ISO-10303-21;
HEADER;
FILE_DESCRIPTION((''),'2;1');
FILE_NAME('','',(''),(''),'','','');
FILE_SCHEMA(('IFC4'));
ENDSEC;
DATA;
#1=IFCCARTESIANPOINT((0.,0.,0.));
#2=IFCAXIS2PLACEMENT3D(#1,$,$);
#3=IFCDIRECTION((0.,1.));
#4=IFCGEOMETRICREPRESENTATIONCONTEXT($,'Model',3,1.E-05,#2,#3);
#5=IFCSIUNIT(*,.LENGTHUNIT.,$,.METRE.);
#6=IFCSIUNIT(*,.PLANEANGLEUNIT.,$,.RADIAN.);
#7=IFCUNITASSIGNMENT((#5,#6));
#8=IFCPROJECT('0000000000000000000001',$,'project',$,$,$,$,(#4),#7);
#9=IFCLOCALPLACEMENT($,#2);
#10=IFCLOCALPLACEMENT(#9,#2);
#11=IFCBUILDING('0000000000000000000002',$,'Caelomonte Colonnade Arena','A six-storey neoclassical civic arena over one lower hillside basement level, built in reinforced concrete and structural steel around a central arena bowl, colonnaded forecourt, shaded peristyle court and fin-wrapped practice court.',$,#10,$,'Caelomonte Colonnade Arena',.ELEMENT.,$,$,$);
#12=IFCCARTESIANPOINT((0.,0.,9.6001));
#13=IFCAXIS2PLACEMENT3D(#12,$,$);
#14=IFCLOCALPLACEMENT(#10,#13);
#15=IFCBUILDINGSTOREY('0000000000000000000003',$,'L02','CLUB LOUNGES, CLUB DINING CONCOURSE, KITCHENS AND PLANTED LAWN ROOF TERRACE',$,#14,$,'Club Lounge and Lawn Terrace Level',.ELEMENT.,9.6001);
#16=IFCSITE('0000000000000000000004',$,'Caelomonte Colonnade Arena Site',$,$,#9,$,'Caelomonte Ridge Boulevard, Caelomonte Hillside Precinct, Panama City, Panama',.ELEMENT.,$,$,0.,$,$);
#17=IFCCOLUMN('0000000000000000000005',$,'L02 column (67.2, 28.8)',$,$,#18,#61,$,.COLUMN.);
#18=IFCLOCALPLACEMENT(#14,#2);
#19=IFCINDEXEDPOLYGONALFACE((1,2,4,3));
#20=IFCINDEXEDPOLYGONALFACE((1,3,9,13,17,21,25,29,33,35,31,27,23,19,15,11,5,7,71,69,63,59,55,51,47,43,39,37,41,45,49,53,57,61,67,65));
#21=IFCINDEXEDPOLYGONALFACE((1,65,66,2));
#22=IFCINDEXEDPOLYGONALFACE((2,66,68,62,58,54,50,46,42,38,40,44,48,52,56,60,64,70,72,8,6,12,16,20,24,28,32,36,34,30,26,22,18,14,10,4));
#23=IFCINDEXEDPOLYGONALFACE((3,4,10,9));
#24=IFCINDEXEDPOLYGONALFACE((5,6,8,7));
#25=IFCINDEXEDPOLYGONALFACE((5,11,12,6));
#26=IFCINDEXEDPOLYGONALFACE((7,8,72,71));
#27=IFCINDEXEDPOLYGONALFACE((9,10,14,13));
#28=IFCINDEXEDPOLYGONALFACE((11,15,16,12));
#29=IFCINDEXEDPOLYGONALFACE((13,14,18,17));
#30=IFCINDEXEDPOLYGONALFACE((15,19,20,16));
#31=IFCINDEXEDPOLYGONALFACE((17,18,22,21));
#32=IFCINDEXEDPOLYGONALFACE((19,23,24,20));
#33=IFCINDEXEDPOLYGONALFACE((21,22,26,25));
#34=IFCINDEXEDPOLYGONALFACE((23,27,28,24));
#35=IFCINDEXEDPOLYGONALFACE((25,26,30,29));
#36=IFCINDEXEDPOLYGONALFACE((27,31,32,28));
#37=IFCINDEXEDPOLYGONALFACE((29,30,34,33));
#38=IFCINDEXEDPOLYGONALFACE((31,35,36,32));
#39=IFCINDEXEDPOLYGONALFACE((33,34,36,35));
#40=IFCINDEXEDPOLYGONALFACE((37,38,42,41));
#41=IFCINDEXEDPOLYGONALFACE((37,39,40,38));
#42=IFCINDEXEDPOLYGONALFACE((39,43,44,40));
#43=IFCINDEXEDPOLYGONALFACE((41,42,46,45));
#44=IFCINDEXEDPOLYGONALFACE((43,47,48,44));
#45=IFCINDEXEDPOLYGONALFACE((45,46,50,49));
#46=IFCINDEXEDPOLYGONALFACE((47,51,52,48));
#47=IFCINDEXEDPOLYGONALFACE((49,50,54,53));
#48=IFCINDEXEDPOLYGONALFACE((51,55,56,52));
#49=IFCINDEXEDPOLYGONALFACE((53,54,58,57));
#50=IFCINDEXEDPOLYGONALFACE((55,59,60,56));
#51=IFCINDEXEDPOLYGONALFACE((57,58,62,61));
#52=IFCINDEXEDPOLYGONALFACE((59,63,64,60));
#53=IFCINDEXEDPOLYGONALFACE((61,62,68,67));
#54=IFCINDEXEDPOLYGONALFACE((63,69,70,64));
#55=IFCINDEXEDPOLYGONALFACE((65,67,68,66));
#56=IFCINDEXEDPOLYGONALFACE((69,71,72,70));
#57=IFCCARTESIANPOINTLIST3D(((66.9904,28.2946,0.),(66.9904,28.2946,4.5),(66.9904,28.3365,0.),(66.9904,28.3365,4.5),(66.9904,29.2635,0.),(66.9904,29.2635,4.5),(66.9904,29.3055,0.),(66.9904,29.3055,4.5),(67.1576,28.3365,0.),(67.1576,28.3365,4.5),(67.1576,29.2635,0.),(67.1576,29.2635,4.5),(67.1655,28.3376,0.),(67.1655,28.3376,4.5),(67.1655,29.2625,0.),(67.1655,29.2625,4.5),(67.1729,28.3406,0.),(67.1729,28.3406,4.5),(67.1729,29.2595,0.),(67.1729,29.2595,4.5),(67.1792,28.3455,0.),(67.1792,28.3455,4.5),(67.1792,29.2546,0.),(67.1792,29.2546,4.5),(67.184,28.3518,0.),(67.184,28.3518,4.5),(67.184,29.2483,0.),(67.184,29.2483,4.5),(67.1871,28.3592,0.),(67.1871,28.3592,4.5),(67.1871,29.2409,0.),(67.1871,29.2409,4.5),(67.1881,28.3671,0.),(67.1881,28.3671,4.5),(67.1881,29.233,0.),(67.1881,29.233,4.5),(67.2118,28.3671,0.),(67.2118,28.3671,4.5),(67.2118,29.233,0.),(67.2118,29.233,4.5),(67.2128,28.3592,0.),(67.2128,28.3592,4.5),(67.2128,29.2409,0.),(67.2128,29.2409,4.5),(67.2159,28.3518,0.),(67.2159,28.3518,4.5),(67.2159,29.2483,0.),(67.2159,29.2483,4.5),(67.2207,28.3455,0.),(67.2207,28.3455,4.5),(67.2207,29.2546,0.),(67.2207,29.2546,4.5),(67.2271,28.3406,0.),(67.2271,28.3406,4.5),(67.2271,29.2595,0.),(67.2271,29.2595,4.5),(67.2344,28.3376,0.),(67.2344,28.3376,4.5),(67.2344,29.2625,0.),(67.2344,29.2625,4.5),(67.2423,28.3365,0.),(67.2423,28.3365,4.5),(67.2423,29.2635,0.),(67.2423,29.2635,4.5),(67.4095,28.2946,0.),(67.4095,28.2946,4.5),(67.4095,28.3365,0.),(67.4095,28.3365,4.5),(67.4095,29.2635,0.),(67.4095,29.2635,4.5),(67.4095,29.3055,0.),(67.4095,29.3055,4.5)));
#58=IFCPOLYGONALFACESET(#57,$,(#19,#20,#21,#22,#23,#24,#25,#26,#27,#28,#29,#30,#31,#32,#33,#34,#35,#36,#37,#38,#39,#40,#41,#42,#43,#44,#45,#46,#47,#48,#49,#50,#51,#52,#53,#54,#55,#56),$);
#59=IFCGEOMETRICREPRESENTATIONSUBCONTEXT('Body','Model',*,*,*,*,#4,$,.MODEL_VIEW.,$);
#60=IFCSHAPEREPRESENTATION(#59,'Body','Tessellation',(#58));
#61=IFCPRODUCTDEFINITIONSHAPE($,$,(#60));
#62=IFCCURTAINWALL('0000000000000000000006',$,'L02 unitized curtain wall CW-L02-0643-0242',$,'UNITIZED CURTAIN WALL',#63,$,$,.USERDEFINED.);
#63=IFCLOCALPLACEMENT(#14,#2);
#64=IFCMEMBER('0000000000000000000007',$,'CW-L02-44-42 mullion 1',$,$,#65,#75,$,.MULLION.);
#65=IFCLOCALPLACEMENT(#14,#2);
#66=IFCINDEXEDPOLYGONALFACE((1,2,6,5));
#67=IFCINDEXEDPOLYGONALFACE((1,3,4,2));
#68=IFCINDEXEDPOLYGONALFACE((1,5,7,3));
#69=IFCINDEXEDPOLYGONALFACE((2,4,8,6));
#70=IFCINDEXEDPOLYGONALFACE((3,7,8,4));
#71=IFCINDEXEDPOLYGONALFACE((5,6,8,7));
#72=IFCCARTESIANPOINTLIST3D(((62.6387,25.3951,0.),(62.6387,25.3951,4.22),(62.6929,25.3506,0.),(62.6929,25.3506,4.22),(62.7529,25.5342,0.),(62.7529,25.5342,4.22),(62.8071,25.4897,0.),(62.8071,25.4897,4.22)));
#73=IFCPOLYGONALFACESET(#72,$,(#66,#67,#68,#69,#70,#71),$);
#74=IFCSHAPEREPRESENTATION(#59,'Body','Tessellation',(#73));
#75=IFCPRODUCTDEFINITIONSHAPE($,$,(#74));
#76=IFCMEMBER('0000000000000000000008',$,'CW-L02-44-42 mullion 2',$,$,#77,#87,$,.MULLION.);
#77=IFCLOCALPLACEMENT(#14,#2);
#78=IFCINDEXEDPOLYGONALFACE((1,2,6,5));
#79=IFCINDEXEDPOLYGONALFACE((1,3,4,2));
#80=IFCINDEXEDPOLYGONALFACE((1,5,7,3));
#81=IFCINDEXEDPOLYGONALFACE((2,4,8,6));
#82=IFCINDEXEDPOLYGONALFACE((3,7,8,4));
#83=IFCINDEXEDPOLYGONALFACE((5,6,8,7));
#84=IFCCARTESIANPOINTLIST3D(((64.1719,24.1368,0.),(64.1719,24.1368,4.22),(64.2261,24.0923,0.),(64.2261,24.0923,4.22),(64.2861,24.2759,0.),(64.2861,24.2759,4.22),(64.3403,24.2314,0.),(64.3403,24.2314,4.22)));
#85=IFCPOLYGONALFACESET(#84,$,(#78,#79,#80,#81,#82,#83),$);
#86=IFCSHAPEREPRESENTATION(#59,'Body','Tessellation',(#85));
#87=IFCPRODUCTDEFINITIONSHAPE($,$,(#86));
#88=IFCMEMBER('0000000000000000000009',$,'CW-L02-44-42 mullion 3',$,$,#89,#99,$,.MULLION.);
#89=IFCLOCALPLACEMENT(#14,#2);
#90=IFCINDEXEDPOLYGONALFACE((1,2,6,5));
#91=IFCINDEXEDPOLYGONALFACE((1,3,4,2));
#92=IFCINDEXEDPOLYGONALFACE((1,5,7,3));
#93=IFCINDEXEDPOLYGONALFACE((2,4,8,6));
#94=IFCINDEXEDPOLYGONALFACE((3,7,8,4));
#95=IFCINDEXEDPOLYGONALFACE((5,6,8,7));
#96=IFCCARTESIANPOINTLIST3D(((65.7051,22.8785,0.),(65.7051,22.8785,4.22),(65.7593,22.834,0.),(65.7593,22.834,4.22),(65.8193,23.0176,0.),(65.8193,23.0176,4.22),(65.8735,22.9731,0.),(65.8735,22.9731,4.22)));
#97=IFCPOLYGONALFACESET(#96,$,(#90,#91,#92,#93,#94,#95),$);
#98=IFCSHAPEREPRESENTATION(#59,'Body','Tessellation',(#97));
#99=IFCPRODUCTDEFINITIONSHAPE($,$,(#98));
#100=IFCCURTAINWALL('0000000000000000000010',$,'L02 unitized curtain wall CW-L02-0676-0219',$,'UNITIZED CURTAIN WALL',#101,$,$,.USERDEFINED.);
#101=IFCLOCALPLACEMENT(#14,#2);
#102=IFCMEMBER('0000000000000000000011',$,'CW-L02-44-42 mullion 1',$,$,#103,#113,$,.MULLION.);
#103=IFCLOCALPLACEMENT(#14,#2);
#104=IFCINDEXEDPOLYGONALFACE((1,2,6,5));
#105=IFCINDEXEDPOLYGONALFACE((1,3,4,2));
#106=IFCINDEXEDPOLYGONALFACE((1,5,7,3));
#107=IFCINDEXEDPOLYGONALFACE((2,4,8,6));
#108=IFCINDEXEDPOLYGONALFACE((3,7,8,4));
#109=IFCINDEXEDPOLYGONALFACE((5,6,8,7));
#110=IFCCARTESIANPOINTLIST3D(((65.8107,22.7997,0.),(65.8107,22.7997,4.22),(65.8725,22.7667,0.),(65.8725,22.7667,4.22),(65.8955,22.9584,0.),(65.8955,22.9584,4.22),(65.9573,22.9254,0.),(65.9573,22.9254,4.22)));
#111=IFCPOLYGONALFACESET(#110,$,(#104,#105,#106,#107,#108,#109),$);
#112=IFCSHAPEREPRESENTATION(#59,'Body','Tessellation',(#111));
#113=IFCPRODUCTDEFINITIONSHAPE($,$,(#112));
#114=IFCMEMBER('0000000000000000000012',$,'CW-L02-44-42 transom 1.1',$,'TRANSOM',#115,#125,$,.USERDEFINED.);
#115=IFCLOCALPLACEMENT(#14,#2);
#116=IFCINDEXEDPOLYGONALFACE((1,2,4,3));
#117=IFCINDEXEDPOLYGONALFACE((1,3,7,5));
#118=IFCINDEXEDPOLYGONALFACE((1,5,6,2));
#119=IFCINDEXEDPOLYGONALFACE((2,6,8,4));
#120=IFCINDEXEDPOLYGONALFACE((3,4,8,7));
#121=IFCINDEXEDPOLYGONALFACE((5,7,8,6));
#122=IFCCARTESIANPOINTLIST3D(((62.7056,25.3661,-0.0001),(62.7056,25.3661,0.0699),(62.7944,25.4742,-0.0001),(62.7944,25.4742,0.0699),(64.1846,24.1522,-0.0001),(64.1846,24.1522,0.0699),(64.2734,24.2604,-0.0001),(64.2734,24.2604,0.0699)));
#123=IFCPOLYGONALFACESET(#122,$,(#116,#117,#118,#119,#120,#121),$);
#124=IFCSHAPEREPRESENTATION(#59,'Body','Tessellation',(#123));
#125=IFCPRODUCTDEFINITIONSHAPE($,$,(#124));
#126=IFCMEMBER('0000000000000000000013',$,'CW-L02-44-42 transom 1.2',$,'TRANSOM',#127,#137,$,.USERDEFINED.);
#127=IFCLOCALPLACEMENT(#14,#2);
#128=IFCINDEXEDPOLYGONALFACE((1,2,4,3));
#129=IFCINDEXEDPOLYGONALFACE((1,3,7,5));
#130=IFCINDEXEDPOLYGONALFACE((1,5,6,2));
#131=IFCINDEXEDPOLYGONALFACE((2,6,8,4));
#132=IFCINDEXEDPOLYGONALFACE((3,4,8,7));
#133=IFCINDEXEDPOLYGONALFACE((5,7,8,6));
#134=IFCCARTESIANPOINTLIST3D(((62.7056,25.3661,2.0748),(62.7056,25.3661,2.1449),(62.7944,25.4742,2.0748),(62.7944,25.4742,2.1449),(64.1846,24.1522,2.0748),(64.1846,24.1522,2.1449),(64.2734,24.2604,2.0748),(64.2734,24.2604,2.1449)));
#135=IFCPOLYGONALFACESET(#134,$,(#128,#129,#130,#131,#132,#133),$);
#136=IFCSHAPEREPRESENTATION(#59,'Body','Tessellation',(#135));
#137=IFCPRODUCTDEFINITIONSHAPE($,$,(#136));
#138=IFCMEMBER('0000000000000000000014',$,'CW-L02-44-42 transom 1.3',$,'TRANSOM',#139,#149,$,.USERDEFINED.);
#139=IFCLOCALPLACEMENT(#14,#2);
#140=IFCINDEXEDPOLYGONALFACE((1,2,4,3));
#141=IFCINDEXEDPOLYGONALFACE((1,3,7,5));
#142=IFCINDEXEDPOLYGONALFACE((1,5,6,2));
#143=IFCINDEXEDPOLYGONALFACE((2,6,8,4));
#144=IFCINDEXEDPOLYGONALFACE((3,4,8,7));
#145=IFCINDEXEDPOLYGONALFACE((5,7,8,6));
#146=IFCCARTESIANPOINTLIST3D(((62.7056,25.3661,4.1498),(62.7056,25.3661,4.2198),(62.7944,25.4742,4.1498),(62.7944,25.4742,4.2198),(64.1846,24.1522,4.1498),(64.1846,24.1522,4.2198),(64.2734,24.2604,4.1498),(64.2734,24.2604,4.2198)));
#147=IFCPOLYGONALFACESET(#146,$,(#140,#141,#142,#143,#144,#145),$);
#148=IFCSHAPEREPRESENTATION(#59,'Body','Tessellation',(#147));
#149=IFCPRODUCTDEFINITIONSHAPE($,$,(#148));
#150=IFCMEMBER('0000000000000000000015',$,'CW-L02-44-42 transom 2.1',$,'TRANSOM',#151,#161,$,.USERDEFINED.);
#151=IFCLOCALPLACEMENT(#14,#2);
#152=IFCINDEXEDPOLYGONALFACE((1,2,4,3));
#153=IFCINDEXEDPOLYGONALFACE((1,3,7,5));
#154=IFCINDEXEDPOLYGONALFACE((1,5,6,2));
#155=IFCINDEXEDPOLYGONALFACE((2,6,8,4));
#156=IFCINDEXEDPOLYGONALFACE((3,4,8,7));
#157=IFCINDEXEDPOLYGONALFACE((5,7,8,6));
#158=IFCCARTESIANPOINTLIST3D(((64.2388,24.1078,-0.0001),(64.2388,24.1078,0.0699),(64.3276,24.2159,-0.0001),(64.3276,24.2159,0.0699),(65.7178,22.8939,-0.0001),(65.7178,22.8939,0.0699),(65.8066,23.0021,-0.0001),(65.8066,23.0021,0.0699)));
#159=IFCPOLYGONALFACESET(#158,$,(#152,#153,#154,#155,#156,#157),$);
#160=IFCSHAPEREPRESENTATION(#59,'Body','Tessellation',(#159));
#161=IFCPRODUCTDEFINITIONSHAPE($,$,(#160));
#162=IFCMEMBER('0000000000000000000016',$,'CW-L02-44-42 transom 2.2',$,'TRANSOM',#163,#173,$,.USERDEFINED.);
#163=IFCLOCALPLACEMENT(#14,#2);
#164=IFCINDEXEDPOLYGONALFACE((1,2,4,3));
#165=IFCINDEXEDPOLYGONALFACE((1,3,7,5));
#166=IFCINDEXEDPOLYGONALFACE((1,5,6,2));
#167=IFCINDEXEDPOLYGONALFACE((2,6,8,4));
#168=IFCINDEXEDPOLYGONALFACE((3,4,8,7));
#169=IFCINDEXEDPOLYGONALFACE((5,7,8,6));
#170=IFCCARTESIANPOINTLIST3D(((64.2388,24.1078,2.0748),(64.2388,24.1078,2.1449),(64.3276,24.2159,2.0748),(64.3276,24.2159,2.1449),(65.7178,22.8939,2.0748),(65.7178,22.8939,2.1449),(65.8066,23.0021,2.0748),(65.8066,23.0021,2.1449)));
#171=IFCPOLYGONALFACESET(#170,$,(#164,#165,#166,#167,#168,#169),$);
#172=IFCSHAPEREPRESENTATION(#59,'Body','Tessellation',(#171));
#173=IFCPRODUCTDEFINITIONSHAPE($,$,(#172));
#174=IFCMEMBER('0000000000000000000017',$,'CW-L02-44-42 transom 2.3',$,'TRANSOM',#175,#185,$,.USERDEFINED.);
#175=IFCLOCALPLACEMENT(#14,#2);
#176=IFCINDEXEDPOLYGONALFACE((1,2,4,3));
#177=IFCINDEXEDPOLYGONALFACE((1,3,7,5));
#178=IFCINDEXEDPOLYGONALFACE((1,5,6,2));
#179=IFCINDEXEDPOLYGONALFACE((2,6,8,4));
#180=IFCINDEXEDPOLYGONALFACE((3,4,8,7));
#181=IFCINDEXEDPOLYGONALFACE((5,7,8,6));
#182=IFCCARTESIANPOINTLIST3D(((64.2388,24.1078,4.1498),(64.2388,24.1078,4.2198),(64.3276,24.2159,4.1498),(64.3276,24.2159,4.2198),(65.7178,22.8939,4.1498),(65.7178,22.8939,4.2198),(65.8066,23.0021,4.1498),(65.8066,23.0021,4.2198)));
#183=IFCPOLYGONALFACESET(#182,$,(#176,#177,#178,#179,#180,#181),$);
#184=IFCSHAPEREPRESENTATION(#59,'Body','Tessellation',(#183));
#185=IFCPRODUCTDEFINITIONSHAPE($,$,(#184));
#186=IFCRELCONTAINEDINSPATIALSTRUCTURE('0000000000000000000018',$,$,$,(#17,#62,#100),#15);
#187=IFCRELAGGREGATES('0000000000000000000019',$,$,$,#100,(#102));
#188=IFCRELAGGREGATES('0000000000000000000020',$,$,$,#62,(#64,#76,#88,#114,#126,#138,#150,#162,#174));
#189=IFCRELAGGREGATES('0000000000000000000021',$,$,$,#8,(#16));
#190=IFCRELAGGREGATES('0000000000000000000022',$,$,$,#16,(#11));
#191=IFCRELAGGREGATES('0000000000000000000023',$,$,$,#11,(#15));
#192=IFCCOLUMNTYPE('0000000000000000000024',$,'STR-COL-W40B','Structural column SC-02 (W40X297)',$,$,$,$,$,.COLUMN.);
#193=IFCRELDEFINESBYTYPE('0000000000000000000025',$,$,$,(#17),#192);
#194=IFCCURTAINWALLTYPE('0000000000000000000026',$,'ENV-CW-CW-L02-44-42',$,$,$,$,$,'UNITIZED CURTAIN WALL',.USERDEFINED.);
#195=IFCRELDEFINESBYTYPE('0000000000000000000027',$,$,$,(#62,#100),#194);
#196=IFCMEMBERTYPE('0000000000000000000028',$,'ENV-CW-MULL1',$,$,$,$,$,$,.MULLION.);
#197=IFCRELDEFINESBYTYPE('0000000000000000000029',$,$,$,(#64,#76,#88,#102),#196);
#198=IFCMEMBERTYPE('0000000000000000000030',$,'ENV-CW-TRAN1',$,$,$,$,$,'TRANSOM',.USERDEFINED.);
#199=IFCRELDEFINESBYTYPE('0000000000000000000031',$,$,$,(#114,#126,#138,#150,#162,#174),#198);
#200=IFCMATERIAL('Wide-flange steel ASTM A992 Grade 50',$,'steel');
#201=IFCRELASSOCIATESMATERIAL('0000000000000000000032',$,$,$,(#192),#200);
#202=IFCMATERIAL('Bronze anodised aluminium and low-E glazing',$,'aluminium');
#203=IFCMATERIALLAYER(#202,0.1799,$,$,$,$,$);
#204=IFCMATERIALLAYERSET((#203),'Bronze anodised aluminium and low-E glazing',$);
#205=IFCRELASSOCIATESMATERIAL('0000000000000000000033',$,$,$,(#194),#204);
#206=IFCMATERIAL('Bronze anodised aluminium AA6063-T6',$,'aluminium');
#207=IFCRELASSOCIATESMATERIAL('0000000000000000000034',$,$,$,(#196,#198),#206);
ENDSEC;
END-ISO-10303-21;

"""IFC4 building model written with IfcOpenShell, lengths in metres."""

from ifc_helpers import new_model, si_unit, direction, frame, origin, origin_2d, place, context, subcontext, project, spatial, rectangle, i_section, extrude, material, layer, layer_set, material_profile, profile_set, type_object, element, aggregate, save


model = new_model("IFC4")

# Units and contexts
model_context = context("Model", 3, precision=1e-05, world=origin(), true_north=direction((0.0, 1.0)))
body_context = subcontext(model_context, "Body", "Model", "MODEL_VIEW")
ifc_project = project(units=[si_unit("LENGTHUNIT", "METRE"), si_unit("PLANEANGLEUNIT", "RADIAN")], contexts=[model_context])

# Site, building, storey
site_placement = place(None, origin())
site = spatial("IfcSite", under=ifc_project, at=site_placement, Name="Caelomonte Colonnade Arena Site", LongName="Caelomonte Ridge Boulevard, Caelomonte Hillside Precinct, Panama City, Panama", CompositionType="ELEMENT", RefElevation=0.0)
building_placement = place(site_placement, origin())
building = spatial("IfcBuilding", under=site, at=building_placement, Name="Caelomonte Colonnade Arena", Description="A six-storey neoclassical civic arena over one lower hillside basement level, built in reinforced concrete and structural steel around a central arena bowl, colonnaded forecourt, shaded peristyle court and fin-wrapped practice court.", LongName="Caelomonte Colonnade Arena", CompositionType="ELEMENT")
storey_placement = place(building_placement, frame((0.0, 0.0, 9.6001)))
storey = spatial("IfcBuildingStorey", under=building, at=storey_placement, Name="L02", Description="CLUB LOUNGES, CLUB DINING CONCOURSE, KITCHENS AND PLANTED LAWN ROOF TERRACE", LongName="Club Lounge and Lawn Terrace Level", CompositionType="ELEMENT", Elevation=9.6001)

# Column
ifc_material_1 = material(Name="Wide-flange steel ASTM A992 Grade 50", Category="steel")
ifc_material_profile_1 = material_profile(ifc_material_1, i_section(OverallWidth=0.4192, OverallDepth=1.011, WebThickness=0.0237, FlangeThickness=0.042, FilletRadius=0.0305, at=origin_2d()), Name="W40X297")
ifc_profile_set_1 = profile_set([ifc_material_profile_1], Name="Wide-flange steel ASTM A992 Grade 50")
column_type = type_object("IfcColumnType", Name="STR-COL-W40B", Description="Structural column SC-02 (W40X297)", PredefinedType="COLUMN", material=ifc_profile_set_1)
column_placement = place(storey_placement, frame((67.2, 28.8, 0.0), z_axis=(0.0, 0.0, 1.0), x_axis=(1.0, 0.0, 0.0)))
element("IfcColumn", 1, at=column_placement, inside=storey, type_object=column_type, Name="L02 column (67.2, 28.8)", PredefinedType="COLUMN", context=body_context, shape_type="SweptSolid", body=[
    extrude(i_section(OverallWidth=0.4192, OverallDepth=1.011, WebThickness=0.0237, FlangeThickness=0.042, FilletRadius=0.0305, at=origin_2d()), origin(), (0.0, 0.0, 1.0), 4.5),
])

# Curtain wall, members
ifc_material_2 = material(Name="Bronze anodised aluminium and low-E glazing", Category="aluminium")
ifc_layer_1 = layer(ifc_material_2, 0.1799)
ifc_layer_set_1 = layer_set([ifc_layer_1], Name="Bronze anodised aluminium and low-E glazing")
curtain_wall_type = type_object("IfcCurtainWallType", Name="ENV-CW-CW-L02-44-42", ElementType="UNITIZED CURTAIN WALL", PredefinedType="USERDEFINED", material=ifc_layer_set_1)
curtain_wall_1_placement = place(storey_placement, origin())
curtain_wall_1 = element("IfcCurtainWall", 2, at=curtain_wall_1_placement, inside=storey, type_object=curtain_wall_type, Name="L02 unitized curtain wall CW-L02-0643-0242", ObjectType="UNITIZED CURTAIN WALL", PredefinedType="USERDEFINED")
ifc_material_3 = material(Name="Bronze anodised aluminium AA6063-T6", Category="aluminium")
ifc_material_profile_2 = material_profile(ifc_material_3, rectangle(XDim=0.0701, YDim=0.1799, at=origin_2d()), Name="CWM-70X180")
ifc_profile_set_2 = profile_set([ifc_material_profile_2], Name="Bronze anodised aluminium AA6063-T6")
member_type_1 = type_object("IfcMemberType", Name="ENV-CW-MULL1", PredefinedType="MULLION", material=ifc_profile_set_2)
member_1_placement = place(storey_placement, frame((62.7229, 25.4424, 0.0), z_axis=(0.0, 0.0, 1.0), x_axis=(0.772992, -0.634416, 0.0)))
member_1 = element("IfcMember", 3, at=member_1_placement, type_object=member_type_1, Name="CW-L02-44-42 mullion 1", PredefinedType="MULLION", context=body_context, shape_type="SweptSolid", body=[
    extrude(rectangle(XDim=0.0701, YDim=0.1799, at=origin_2d()), origin(), (0.0, 0.0, 1.0), 4.22),
])
member_2_placement = place(storey_placement, frame((64.2561, 24.1841, 0.0), z_axis=(0.0, 0.0, 1.0), x_axis=(0.772992, -0.634416, 0.0)))
member_2 = element("IfcMember", 4, at=member_2_placement, type_object=member_type_1, Name="CW-L02-44-42 mullion 2", PredefinedType="MULLION", context=body_context, shape_type="SweptSolid", body=[
    extrude(rectangle(XDim=0.0701, YDim=0.1799, at=origin_2d()), origin(), (0.0, 0.0, 1.0), 4.22),
])
member_3_placement = place(storey_placement, frame((65.7893, 22.9258, 0.0), z_axis=(0.0, 0.0, 1.0), x_axis=(0.772992, -0.634416, 0.0)))
member_3 = element("IfcMember", 5, at=member_3_placement, type_object=member_type_1, Name="CW-L02-44-42 mullion 3", PredefinedType="MULLION", context=body_context, shape_type="SweptSolid", body=[
    extrude(rectangle(XDim=0.0701, YDim=0.1799, at=origin_2d()), origin(), (0.0, 0.0, 1.0), 4.22),
])

# Curtain wall, member
curtain_wall_2_placement = place(storey_placement, origin())
curtain_wall_2 = element("IfcCurtainWall", 6, at=curtain_wall_2_placement, inside=storey, type_object=curtain_wall_type, Name="L02 unitized curtain wall CW-L02-0676-0219", ObjectType="UNITIZED CURTAIN WALL", PredefinedType="USERDEFINED")
member_4_placement = place(storey_placement, frame((65.884, 22.8625, 0.0), z_axis=(0.0, 0.0, 1.0), x_axis=(0.881923, -0.471394, 0.0)))
member_4 = element("IfcMember", 7, at=member_4_placement, type_object=member_type_1, Name="CW-L02-44-42 mullion 1", PredefinedType="MULLION", context=body_context, shape_type="SweptSolid", body=[
    extrude(rectangle(XDim=0.0701, YDim=0.1799, at=origin_2d()), origin(), (0.0, 0.0, 1.0), 4.22),
])
aggregate(curtain_wall_2, [member_4])

# Members
ifc_material_profile_3 = material_profile(ifc_material_3, rectangle(XDim=0.0701, YDim=0.1399, at=origin_2d()), Name="CWT-70X140")
ifc_profile_set_3 = profile_set([ifc_material_profile_3], Name="Bronze anodised aluminium AA6063-T6")
member_type_2 = type_object("IfcMemberType", Name="ENV-CW-TRAN1", ElementType="TRANSOM", PredefinedType="USERDEFINED", material=ifc_profile_set_3)
member_5_placement = place(storey_placement, frame((62.75, 25.4202, 0.0349), z_axis=(0.77299, -0.634418, 0.0), x_axis=(0.0, 0.0, 1.0)))
member_5 = element("IfcMember", 8, at=member_5_placement, type_object=member_type_2, Name="CW-L02-44-42 transom 1.1", ObjectType="TRANSOM", PredefinedType="USERDEFINED", context=body_context, shape_type="SweptSolid", body=[
    extrude(rectangle(XDim=0.0701, YDim=0.1399, at=origin_2d()), origin(), (0.0, 0.0, 1.0), 1.9133),
])
member_6_placement = place(storey_placement, frame((62.75, 25.4202, 2.1099), z_axis=(0.77299, -0.634418, 0.0), x_axis=(0.0, 0.0, 1.0)))
member_6 = element("IfcMember", 9, at=member_6_placement, type_object=member_type_2, Name="CW-L02-44-42 transom 1.2", ObjectType="TRANSOM", PredefinedType="USERDEFINED", context=body_context, shape_type="SweptSolid", body=[
    extrude(rectangle(XDim=0.0701, YDim=0.1399, at=origin_2d()), origin(), (0.0, 0.0, 1.0), 1.9133),
])
member_7_placement = place(storey_placement, frame((62.75, 25.4202, 4.1848), z_axis=(0.77299, -0.634418, 0.0), x_axis=(0.0, 0.0, 1.0)))
member_7 = element("IfcMember", 10, at=member_7_placement, type_object=member_type_2, Name="CW-L02-44-42 transom 1.3", ObjectType="TRANSOM", PredefinedType="USERDEFINED", context=body_context, shape_type="SweptSolid", body=[
    extrude(rectangle(XDim=0.0701, YDim=0.1399, at=origin_2d()), origin(), (0.0, 0.0, 1.0), 1.9133),
])
member_8_placement = place(storey_placement, frame((64.2832, 24.1619, 0.0349), z_axis=(0.77299, -0.634418, 0.0), x_axis=(0.0, 0.0, 1.0)))
member_8 = element("IfcMember", 11, at=member_8_placement, type_object=member_type_2, Name="CW-L02-44-42 transom 2.1", ObjectType="TRANSOM", PredefinedType="USERDEFINED", context=body_context, shape_type="SweptSolid", body=[
    extrude(rectangle(XDim=0.0701, YDim=0.1399, at=origin_2d()), origin(), (0.0, 0.0, 1.0), 1.9133),
])
member_9_placement = place(storey_placement, frame((64.2832, 24.1619, 2.1099), z_axis=(0.77299, -0.634418, 0.0), x_axis=(0.0, 0.0, 1.0)))
member_9 = element("IfcMember", 12, at=member_9_placement, type_object=member_type_2, Name="CW-L02-44-42 transom 2.2", ObjectType="TRANSOM", PredefinedType="USERDEFINED", context=body_context, shape_type="SweptSolid", body=[
    extrude(rectangle(XDim=0.0701, YDim=0.1399, at=origin_2d()), origin(), (0.0, 0.0, 1.0), 1.9133),
])
member_10_placement = place(storey_placement, frame((64.2832, 24.1619, 4.1848), z_axis=(0.77299, -0.634418, 0.0), x_axis=(0.0, 0.0, 1.0)))
member_10 = element("IfcMember", 13, at=member_10_placement, type_object=member_type_2, Name="CW-L02-44-42 transom 2.3", ObjectType="TRANSOM", PredefinedType="USERDEFINED", context=body_context, shape_type="SweptSolid", body=[
    extrude(rectangle(XDim=0.0701, YDim=0.1399, at=origin_2d()), origin(), (0.0, 0.0, 1.0), 1.9133),
])

aggregate(curtain_wall_1, [member_1, member_2, member_3, member_5, member_6, member_7, member_8, member_9, member_10])

save(model, "model.ifc")
